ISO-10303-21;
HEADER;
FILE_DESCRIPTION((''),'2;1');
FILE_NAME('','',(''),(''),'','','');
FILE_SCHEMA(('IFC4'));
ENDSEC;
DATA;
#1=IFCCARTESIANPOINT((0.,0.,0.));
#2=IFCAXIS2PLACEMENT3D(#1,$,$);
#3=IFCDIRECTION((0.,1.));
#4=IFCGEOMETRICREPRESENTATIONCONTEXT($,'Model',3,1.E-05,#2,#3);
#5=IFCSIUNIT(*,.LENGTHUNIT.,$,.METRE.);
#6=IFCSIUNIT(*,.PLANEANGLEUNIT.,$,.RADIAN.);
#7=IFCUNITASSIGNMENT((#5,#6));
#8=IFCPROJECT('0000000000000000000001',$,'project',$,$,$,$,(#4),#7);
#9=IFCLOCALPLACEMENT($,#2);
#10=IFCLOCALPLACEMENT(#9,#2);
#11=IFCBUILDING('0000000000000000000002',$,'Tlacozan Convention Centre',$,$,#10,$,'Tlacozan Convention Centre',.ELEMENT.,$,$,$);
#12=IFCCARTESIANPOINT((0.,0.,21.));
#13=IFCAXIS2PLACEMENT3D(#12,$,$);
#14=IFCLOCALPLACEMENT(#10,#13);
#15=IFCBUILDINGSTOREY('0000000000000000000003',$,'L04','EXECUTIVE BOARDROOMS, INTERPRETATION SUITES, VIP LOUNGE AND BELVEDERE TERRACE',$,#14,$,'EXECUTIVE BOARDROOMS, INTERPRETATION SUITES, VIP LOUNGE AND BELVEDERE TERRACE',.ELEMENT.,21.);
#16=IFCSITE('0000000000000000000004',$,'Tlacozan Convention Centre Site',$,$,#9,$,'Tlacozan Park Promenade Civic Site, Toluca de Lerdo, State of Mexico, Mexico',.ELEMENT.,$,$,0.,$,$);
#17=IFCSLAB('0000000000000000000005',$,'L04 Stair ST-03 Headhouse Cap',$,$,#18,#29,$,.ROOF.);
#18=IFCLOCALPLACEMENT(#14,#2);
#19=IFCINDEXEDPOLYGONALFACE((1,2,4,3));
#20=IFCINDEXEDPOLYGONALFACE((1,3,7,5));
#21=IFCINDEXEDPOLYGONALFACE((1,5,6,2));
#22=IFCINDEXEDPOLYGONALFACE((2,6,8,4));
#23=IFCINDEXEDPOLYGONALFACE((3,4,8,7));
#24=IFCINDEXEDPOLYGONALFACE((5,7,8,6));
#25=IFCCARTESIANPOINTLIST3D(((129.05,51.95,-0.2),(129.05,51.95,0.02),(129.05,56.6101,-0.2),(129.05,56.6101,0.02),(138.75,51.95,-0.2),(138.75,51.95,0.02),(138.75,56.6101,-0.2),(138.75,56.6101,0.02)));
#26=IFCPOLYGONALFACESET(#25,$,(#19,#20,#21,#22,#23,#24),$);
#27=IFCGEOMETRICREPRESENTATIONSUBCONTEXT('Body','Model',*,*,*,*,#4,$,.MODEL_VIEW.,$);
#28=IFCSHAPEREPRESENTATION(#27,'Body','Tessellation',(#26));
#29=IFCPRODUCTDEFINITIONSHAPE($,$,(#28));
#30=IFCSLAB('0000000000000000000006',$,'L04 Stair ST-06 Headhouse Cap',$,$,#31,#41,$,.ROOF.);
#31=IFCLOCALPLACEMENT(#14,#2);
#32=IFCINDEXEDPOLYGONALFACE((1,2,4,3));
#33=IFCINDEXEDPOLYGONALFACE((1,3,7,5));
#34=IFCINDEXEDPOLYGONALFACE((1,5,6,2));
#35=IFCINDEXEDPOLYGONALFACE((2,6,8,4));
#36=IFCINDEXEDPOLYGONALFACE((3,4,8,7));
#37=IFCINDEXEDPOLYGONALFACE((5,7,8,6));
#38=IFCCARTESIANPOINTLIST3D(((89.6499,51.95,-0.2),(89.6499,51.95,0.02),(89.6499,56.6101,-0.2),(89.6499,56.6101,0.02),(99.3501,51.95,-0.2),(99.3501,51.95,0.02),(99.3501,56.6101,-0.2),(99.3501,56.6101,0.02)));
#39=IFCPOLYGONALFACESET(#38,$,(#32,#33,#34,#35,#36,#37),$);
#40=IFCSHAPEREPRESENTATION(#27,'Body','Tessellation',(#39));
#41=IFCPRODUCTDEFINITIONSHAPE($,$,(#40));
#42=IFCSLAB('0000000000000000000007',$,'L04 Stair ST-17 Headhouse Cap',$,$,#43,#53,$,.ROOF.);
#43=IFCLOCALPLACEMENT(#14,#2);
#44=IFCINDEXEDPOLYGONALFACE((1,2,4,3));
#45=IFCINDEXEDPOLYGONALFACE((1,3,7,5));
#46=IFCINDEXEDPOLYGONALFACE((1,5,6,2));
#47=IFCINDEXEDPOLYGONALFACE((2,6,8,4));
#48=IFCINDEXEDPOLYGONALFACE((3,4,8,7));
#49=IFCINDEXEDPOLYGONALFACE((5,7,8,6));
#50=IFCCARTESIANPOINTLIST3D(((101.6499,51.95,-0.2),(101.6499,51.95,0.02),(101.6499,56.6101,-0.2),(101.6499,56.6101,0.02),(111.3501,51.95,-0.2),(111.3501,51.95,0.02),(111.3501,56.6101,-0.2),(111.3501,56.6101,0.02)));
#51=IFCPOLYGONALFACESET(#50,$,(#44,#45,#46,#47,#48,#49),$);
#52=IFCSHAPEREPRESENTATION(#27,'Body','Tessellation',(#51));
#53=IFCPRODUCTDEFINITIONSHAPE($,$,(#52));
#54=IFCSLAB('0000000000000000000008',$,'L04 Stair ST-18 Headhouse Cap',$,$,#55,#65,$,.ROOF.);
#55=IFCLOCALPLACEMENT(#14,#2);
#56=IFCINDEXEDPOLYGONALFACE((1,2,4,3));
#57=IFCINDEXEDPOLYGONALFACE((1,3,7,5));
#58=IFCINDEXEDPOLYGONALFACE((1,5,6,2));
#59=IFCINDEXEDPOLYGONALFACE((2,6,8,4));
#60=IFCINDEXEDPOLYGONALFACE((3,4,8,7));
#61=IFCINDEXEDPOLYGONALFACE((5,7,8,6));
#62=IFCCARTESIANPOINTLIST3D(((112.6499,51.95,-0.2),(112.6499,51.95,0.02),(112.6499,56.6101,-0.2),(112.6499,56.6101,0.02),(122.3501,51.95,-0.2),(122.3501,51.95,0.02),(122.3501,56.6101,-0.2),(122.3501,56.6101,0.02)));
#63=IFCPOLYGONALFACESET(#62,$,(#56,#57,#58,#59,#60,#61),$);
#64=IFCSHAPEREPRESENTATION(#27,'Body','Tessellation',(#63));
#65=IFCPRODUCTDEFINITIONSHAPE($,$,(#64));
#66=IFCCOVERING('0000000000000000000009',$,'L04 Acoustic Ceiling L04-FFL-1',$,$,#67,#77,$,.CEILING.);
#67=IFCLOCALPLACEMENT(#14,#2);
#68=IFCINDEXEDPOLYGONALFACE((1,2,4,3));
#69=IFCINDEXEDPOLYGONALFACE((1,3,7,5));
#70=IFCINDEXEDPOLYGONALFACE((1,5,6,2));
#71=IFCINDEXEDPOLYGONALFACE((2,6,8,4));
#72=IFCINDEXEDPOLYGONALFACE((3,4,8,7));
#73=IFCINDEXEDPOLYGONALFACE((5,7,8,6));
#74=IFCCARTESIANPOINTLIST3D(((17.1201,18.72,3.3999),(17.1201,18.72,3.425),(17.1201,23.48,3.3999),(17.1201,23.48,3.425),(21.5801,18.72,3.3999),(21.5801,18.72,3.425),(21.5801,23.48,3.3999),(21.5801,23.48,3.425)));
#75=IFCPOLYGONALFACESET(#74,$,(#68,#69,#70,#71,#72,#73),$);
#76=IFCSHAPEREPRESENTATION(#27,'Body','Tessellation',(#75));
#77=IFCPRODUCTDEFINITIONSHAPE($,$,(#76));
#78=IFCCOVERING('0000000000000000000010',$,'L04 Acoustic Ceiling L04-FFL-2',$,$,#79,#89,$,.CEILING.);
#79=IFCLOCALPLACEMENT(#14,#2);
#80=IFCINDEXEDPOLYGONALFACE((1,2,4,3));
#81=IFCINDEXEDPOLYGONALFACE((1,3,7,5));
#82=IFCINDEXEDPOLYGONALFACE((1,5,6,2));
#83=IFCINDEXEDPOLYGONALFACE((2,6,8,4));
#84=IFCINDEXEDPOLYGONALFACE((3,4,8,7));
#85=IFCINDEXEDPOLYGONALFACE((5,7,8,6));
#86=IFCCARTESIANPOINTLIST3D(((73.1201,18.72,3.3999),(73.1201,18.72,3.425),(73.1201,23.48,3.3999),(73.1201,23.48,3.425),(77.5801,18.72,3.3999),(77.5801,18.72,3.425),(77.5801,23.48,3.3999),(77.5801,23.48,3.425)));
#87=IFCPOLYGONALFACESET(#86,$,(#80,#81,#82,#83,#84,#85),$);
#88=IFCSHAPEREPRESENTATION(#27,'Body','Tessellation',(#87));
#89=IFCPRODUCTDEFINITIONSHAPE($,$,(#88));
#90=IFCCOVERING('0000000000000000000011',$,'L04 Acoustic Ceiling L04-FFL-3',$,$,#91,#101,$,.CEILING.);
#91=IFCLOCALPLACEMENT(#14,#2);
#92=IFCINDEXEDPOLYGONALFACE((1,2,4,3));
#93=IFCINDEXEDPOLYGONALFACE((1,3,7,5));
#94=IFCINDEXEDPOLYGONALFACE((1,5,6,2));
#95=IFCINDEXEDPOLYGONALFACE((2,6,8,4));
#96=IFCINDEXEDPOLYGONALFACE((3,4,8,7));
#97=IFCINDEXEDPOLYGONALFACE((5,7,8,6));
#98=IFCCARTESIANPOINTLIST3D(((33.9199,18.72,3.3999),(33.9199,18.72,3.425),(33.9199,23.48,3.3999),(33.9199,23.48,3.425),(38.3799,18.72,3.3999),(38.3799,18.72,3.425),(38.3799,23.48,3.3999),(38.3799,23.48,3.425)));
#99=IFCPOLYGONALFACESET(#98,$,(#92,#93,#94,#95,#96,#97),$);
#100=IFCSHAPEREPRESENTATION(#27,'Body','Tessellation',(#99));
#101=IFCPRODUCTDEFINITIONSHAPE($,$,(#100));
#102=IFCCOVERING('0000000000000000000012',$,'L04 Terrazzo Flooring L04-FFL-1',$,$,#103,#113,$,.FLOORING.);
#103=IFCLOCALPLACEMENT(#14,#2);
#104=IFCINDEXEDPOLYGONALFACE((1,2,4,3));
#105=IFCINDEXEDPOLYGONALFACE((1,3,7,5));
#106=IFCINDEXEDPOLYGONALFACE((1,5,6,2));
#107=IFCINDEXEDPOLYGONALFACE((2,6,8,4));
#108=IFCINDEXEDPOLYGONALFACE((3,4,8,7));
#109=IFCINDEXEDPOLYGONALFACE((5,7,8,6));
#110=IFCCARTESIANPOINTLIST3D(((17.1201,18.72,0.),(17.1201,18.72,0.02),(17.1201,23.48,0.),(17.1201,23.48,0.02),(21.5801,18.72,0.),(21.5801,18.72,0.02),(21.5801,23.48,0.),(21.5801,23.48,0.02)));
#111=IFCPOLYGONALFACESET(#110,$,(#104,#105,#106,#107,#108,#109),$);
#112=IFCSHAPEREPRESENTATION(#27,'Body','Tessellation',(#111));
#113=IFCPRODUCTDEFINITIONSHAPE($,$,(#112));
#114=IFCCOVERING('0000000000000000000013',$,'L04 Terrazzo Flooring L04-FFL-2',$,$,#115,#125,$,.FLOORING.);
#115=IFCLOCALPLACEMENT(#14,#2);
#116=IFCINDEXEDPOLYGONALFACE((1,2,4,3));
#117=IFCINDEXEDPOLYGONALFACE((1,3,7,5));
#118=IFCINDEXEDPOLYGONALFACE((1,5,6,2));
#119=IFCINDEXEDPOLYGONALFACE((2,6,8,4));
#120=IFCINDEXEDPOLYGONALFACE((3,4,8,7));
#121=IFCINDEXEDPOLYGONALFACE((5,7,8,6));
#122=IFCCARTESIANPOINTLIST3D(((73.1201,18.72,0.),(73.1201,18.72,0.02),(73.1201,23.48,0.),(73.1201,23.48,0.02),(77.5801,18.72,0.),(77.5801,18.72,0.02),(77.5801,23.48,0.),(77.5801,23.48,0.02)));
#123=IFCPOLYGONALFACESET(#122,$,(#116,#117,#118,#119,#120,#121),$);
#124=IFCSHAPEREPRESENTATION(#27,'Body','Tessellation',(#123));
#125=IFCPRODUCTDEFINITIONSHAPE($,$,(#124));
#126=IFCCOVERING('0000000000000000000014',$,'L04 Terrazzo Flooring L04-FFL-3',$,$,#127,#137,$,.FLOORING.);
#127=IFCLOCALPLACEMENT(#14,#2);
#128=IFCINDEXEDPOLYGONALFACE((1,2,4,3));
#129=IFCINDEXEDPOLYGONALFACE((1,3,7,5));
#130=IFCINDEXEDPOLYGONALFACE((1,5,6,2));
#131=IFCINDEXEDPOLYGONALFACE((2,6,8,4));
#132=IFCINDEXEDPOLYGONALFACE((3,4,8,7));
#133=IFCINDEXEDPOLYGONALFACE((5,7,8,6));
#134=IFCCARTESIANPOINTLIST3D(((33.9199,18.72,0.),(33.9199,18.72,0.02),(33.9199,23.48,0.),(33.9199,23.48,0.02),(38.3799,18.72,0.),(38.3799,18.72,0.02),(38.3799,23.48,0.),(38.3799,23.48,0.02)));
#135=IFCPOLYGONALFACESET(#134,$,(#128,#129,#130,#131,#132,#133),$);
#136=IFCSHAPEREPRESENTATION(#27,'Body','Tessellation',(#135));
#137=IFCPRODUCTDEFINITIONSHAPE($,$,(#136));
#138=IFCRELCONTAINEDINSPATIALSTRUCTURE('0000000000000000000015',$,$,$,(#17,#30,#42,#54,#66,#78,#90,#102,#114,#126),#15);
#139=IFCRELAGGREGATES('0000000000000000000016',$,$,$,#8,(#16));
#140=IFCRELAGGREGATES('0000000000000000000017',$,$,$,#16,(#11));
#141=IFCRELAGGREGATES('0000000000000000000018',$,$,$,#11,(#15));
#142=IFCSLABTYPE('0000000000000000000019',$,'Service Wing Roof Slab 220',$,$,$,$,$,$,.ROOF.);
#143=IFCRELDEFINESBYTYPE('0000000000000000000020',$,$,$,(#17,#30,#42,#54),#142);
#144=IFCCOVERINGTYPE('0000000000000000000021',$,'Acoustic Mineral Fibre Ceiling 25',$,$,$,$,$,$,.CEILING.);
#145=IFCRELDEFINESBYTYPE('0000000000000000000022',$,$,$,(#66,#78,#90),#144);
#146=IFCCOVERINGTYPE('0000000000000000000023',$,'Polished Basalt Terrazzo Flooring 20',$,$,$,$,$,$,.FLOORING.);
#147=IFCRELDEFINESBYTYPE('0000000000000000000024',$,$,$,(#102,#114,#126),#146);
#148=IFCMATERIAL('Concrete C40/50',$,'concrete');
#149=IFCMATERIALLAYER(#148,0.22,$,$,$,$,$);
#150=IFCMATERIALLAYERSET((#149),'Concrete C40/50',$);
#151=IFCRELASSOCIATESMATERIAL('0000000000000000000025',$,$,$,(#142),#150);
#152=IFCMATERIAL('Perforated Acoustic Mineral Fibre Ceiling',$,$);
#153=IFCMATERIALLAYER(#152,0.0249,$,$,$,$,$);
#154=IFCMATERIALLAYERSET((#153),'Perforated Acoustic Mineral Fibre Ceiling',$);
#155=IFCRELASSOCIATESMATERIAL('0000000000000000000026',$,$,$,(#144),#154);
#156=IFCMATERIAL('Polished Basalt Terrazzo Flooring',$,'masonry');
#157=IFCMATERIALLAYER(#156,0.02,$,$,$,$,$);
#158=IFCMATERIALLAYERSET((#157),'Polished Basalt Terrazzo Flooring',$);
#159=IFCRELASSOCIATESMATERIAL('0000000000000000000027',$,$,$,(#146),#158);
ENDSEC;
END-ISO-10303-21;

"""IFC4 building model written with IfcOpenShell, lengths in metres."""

from ifc_helpers import new_model, si_unit, direction, frame, origin, place, context, subcontext, project, spatial, polyline, outline, extrude, material, layer, layer_set, type_object, element, save


model = new_model("IFC4")

# Units and contexts
model_context = context("Model", 3, precision=1e-05, world=origin(), true_north=direction((0.0, 1.0)))
body_context = subcontext(model_context, "Body", "Model", "MODEL_VIEW")
ifc_project = project(units=[si_unit("LENGTHUNIT", "METRE"), si_unit("PLANEANGLEUNIT", "RADIAN")], contexts=[model_context])

# Site, building, storey
site_placement = place(None, origin())
site = spatial("IfcSite", under=ifc_project, at=site_placement, Name="Tlacozan Convention Centre Site", LongName="Tlacozan Park Promenade Civic Site, Toluca de Lerdo, State of Mexico, Mexico", CompositionType="ELEMENT", RefElevation=0.0)
building_placement = place(site_placement, origin())
building = spatial("IfcBuilding", under=site, at=building_placement, Name="Tlacozan Convention Centre", LongName="Tlacozan Convention Centre", CompositionType="ELEMENT")
storey_placement = place(building_placement, frame((0.0, 0.0, 21.0)))
storey = spatial("IfcBuildingStorey", under=building, at=storey_placement, Name="L04", Description="EXECUTIVE BOARDROOMS, INTERPRETATION SUITES, VIP LOUNGE AND BELVEDERE TERRACE", LongName="EXECUTIVE BOARDROOMS, INTERPRETATION SUITES, VIP LOUNGE AND BELVEDERE TERRACE", CompositionType="ELEMENT", Elevation=21.0)

# Shared definitions
ifc_material_1 = material(Name="Concrete C40/50", Category="concrete")

# Slabs
ifc_layer_1 = layer(ifc_material_1, 0.22)
ifc_layer_set_1 = layer_set([ifc_layer_1], Name="Concrete C40/50")
slab_type_1 = type_object("IfcSlabType", Name="Service Wing Roof Slab 220", PredefinedType="ROOF", material=ifc_layer_set_1)
slab_1_placement = place(storey_placement, frame((0.0, 0.0, -0.2)))
element("IfcSlab", 1, at=slab_1_placement, inside=storey, type_object=slab_type_1, Name="L04 Stair ST-03 Headhouse Cap", PredefinedType="ROOF", context=body_context, shape_type="SweptSolid", body=[
    extrude(outline(polyline([(129.05, 51.95), (138.75, 51.95), (138.75, 56.6101), (129.05, 56.6101), (129.05, 51.95)])), origin(), (0.0, 0.0, 1.0), 0.22),
])
slab_2_placement = place(storey_placement, frame((0.0, 0.0, -0.2)))
element("IfcSlab", 2, at=slab_2_placement, inside=storey, type_object=slab_type_1, Name="L04 Stair ST-06 Headhouse Cap", PredefinedType="ROOF", context=body_context, shape_type="SweptSolid", body=[
    extrude(outline(polyline([(89.6499, 51.95), (99.3501, 51.95), (99.3501, 56.6101), (89.6499, 56.6101), (89.6499, 51.95)])), origin(), (0.0, 0.0, 1.0), 0.22),
])
slab_3_placement = place(storey_placement, frame((0.0, 0.0, -0.2)))
element("IfcSlab", 3, at=slab_3_placement, inside=storey, type_object=slab_type_1, Name="L04 Stair ST-17 Headhouse Cap", PredefinedType="ROOF", context=body_context, shape_type="SweptSolid", body=[
    extrude(outline(polyline([(101.6499, 51.95), (111.3501, 51.95), (111.3501, 56.6101), (101.6499, 56.6101), (101.6499, 51.95)])), origin(), (0.0, 0.0, 1.0), 0.22),
])
slab_4_placement = place(storey_placement, frame((0.0, 0.0, -0.2)))
element("IfcSlab", 4, at=slab_4_placement, inside=storey, type_object=slab_type_1, Name="L04 Stair ST-18 Headhouse Cap", PredefinedType="ROOF", context=body_context, shape_type="SweptSolid", body=[
    extrude(outline(polyline([(112.6499, 51.95), (122.3501, 51.95), (122.3501, 56.6101), (112.6499, 56.6101), (112.6499, 51.95)])), origin(), (0.0, 0.0, 1.0), 0.22),
])

# Coverings
ifc_material_2 = material(Name="Perforated Acoustic Mineral Fibre Ceiling")
ifc_layer_2 = layer(ifc_material_2, 0.0249)
ifc_layer_set_2 = layer_set([ifc_layer_2], Name="Perforated Acoustic Mineral Fibre Ceiling")
covering_type_1 = type_object("IfcCoveringType", Name="Acoustic Mineral Fibre Ceiling 25", PredefinedType="CEILING", material=ifc_layer_set_2)
covering_1_placement = place(storey_placement, frame((0.0, 0.0, 3.3999)))
element("IfcCovering", 5, at=covering_1_placement, inside=storey, type_object=covering_type_1, Name="L04 Acoustic Ceiling L04-FFL-1", PredefinedType="CEILING", context=body_context, shape_type="SweptSolid", body=[
    extrude(outline(polyline([(17.1201, 18.72), (21.5801, 18.72), (21.5801, 23.48), (17.1201, 23.48), (17.1201, 18.72)])), origin(), (0.0, 0.0, 1.0), 0.0251),
])
covering_2_placement = place(storey_placement, frame((0.0, 0.0, 3.3999)))
element("IfcCovering", 6, at=covering_2_placement, inside=storey, type_object=covering_type_1, Name="L04 Acoustic Ceiling L04-FFL-2", PredefinedType="CEILING", context=body_context, shape_type="SweptSolid", body=[
    extrude(outline(polyline([(73.1201, 18.72), (77.5801, 18.72), (77.5801, 23.48), (73.1201, 23.48), (73.1201, 18.72)])), origin(), (0.0, 0.0, 1.0), 0.0251),
])
covering_3_placement = place(storey_placement, frame((0.0, 0.0, 3.3999)))
element("IfcCovering", 7, at=covering_3_placement, inside=storey, type_object=covering_type_1, Name="L04 Acoustic Ceiling L04-FFL-3", PredefinedType="CEILING", context=body_context, shape_type="SweptSolid", body=[
    extrude(outline(polyline([(33.9199, 18.72), (38.3799, 18.72), (38.3799, 23.48), (33.9199, 23.48), (33.9199, 18.72)])), origin(), (0.0, 0.0, 1.0), 0.0251),
])
ifc_material_3 = material(Name="Polished Basalt Terrazzo Flooring", Category="masonry")
ifc_layer_3 = layer(ifc_material_3, 0.02)
ifc_layer_set_3 = layer_set([ifc_layer_3], Name="Polished Basalt Terrazzo Flooring")
covering_type_2 = type_object("IfcCoveringType", Name="Polished Basalt Terrazzo Flooring 20", PredefinedType="FLOORING", material=ifc_layer_set_3)
covering_4_placement = place(storey_placement, origin())
element("IfcCovering", 8, at=covering_4_placement, inside=storey, type_object=covering_type_2, Name="L04 Terrazzo Flooring L04-FFL-1", PredefinedType="FLOORING", context=body_context, shape_type="SweptSolid", body=[
    extrude(outline(polyline([(17.1201, 18.72), (21.5801, 18.72), (21.5801, 23.48), (17.1201, 23.48), (17.1201, 18.72)])), origin(), (0.0, 0.0, 1.0), 0.02),
])
covering_5_placement = place(storey_placement, origin())
element("IfcCovering", 9, at=covering_5_placement, inside=storey, type_object=covering_type_2, Name="L04 Terrazzo Flooring L04-FFL-2", PredefinedType="FLOORING", context=body_context, shape_type="SweptSolid", body=[
    extrude(outline(polyline([(73.1201, 18.72), (77.5801, 18.72), (77.5801, 23.48), (73.1201, 23.48), (73.1201, 18.72)])), origin(), (0.0, 0.0, 1.0), 0.02),
])
covering_6_placement = place(storey_placement, origin())
element("IfcCovering", 10, at=covering_6_placement, inside=storey, type_object=covering_type_2, Name="L04 Terrazzo Flooring L04-FFL-3", PredefinedType="FLOORING", context=body_context, shape_type="SweptSolid", body=[
    extrude(outline(polyline([(33.9199, 18.72), (38.3799, 18.72), (38.3799, 23.48), (33.9199, 23.48), (33.9199, 18.72)])), origin(), (0.0, 0.0, 1.0), 0.02),
])

save(model, "model.ifc")
